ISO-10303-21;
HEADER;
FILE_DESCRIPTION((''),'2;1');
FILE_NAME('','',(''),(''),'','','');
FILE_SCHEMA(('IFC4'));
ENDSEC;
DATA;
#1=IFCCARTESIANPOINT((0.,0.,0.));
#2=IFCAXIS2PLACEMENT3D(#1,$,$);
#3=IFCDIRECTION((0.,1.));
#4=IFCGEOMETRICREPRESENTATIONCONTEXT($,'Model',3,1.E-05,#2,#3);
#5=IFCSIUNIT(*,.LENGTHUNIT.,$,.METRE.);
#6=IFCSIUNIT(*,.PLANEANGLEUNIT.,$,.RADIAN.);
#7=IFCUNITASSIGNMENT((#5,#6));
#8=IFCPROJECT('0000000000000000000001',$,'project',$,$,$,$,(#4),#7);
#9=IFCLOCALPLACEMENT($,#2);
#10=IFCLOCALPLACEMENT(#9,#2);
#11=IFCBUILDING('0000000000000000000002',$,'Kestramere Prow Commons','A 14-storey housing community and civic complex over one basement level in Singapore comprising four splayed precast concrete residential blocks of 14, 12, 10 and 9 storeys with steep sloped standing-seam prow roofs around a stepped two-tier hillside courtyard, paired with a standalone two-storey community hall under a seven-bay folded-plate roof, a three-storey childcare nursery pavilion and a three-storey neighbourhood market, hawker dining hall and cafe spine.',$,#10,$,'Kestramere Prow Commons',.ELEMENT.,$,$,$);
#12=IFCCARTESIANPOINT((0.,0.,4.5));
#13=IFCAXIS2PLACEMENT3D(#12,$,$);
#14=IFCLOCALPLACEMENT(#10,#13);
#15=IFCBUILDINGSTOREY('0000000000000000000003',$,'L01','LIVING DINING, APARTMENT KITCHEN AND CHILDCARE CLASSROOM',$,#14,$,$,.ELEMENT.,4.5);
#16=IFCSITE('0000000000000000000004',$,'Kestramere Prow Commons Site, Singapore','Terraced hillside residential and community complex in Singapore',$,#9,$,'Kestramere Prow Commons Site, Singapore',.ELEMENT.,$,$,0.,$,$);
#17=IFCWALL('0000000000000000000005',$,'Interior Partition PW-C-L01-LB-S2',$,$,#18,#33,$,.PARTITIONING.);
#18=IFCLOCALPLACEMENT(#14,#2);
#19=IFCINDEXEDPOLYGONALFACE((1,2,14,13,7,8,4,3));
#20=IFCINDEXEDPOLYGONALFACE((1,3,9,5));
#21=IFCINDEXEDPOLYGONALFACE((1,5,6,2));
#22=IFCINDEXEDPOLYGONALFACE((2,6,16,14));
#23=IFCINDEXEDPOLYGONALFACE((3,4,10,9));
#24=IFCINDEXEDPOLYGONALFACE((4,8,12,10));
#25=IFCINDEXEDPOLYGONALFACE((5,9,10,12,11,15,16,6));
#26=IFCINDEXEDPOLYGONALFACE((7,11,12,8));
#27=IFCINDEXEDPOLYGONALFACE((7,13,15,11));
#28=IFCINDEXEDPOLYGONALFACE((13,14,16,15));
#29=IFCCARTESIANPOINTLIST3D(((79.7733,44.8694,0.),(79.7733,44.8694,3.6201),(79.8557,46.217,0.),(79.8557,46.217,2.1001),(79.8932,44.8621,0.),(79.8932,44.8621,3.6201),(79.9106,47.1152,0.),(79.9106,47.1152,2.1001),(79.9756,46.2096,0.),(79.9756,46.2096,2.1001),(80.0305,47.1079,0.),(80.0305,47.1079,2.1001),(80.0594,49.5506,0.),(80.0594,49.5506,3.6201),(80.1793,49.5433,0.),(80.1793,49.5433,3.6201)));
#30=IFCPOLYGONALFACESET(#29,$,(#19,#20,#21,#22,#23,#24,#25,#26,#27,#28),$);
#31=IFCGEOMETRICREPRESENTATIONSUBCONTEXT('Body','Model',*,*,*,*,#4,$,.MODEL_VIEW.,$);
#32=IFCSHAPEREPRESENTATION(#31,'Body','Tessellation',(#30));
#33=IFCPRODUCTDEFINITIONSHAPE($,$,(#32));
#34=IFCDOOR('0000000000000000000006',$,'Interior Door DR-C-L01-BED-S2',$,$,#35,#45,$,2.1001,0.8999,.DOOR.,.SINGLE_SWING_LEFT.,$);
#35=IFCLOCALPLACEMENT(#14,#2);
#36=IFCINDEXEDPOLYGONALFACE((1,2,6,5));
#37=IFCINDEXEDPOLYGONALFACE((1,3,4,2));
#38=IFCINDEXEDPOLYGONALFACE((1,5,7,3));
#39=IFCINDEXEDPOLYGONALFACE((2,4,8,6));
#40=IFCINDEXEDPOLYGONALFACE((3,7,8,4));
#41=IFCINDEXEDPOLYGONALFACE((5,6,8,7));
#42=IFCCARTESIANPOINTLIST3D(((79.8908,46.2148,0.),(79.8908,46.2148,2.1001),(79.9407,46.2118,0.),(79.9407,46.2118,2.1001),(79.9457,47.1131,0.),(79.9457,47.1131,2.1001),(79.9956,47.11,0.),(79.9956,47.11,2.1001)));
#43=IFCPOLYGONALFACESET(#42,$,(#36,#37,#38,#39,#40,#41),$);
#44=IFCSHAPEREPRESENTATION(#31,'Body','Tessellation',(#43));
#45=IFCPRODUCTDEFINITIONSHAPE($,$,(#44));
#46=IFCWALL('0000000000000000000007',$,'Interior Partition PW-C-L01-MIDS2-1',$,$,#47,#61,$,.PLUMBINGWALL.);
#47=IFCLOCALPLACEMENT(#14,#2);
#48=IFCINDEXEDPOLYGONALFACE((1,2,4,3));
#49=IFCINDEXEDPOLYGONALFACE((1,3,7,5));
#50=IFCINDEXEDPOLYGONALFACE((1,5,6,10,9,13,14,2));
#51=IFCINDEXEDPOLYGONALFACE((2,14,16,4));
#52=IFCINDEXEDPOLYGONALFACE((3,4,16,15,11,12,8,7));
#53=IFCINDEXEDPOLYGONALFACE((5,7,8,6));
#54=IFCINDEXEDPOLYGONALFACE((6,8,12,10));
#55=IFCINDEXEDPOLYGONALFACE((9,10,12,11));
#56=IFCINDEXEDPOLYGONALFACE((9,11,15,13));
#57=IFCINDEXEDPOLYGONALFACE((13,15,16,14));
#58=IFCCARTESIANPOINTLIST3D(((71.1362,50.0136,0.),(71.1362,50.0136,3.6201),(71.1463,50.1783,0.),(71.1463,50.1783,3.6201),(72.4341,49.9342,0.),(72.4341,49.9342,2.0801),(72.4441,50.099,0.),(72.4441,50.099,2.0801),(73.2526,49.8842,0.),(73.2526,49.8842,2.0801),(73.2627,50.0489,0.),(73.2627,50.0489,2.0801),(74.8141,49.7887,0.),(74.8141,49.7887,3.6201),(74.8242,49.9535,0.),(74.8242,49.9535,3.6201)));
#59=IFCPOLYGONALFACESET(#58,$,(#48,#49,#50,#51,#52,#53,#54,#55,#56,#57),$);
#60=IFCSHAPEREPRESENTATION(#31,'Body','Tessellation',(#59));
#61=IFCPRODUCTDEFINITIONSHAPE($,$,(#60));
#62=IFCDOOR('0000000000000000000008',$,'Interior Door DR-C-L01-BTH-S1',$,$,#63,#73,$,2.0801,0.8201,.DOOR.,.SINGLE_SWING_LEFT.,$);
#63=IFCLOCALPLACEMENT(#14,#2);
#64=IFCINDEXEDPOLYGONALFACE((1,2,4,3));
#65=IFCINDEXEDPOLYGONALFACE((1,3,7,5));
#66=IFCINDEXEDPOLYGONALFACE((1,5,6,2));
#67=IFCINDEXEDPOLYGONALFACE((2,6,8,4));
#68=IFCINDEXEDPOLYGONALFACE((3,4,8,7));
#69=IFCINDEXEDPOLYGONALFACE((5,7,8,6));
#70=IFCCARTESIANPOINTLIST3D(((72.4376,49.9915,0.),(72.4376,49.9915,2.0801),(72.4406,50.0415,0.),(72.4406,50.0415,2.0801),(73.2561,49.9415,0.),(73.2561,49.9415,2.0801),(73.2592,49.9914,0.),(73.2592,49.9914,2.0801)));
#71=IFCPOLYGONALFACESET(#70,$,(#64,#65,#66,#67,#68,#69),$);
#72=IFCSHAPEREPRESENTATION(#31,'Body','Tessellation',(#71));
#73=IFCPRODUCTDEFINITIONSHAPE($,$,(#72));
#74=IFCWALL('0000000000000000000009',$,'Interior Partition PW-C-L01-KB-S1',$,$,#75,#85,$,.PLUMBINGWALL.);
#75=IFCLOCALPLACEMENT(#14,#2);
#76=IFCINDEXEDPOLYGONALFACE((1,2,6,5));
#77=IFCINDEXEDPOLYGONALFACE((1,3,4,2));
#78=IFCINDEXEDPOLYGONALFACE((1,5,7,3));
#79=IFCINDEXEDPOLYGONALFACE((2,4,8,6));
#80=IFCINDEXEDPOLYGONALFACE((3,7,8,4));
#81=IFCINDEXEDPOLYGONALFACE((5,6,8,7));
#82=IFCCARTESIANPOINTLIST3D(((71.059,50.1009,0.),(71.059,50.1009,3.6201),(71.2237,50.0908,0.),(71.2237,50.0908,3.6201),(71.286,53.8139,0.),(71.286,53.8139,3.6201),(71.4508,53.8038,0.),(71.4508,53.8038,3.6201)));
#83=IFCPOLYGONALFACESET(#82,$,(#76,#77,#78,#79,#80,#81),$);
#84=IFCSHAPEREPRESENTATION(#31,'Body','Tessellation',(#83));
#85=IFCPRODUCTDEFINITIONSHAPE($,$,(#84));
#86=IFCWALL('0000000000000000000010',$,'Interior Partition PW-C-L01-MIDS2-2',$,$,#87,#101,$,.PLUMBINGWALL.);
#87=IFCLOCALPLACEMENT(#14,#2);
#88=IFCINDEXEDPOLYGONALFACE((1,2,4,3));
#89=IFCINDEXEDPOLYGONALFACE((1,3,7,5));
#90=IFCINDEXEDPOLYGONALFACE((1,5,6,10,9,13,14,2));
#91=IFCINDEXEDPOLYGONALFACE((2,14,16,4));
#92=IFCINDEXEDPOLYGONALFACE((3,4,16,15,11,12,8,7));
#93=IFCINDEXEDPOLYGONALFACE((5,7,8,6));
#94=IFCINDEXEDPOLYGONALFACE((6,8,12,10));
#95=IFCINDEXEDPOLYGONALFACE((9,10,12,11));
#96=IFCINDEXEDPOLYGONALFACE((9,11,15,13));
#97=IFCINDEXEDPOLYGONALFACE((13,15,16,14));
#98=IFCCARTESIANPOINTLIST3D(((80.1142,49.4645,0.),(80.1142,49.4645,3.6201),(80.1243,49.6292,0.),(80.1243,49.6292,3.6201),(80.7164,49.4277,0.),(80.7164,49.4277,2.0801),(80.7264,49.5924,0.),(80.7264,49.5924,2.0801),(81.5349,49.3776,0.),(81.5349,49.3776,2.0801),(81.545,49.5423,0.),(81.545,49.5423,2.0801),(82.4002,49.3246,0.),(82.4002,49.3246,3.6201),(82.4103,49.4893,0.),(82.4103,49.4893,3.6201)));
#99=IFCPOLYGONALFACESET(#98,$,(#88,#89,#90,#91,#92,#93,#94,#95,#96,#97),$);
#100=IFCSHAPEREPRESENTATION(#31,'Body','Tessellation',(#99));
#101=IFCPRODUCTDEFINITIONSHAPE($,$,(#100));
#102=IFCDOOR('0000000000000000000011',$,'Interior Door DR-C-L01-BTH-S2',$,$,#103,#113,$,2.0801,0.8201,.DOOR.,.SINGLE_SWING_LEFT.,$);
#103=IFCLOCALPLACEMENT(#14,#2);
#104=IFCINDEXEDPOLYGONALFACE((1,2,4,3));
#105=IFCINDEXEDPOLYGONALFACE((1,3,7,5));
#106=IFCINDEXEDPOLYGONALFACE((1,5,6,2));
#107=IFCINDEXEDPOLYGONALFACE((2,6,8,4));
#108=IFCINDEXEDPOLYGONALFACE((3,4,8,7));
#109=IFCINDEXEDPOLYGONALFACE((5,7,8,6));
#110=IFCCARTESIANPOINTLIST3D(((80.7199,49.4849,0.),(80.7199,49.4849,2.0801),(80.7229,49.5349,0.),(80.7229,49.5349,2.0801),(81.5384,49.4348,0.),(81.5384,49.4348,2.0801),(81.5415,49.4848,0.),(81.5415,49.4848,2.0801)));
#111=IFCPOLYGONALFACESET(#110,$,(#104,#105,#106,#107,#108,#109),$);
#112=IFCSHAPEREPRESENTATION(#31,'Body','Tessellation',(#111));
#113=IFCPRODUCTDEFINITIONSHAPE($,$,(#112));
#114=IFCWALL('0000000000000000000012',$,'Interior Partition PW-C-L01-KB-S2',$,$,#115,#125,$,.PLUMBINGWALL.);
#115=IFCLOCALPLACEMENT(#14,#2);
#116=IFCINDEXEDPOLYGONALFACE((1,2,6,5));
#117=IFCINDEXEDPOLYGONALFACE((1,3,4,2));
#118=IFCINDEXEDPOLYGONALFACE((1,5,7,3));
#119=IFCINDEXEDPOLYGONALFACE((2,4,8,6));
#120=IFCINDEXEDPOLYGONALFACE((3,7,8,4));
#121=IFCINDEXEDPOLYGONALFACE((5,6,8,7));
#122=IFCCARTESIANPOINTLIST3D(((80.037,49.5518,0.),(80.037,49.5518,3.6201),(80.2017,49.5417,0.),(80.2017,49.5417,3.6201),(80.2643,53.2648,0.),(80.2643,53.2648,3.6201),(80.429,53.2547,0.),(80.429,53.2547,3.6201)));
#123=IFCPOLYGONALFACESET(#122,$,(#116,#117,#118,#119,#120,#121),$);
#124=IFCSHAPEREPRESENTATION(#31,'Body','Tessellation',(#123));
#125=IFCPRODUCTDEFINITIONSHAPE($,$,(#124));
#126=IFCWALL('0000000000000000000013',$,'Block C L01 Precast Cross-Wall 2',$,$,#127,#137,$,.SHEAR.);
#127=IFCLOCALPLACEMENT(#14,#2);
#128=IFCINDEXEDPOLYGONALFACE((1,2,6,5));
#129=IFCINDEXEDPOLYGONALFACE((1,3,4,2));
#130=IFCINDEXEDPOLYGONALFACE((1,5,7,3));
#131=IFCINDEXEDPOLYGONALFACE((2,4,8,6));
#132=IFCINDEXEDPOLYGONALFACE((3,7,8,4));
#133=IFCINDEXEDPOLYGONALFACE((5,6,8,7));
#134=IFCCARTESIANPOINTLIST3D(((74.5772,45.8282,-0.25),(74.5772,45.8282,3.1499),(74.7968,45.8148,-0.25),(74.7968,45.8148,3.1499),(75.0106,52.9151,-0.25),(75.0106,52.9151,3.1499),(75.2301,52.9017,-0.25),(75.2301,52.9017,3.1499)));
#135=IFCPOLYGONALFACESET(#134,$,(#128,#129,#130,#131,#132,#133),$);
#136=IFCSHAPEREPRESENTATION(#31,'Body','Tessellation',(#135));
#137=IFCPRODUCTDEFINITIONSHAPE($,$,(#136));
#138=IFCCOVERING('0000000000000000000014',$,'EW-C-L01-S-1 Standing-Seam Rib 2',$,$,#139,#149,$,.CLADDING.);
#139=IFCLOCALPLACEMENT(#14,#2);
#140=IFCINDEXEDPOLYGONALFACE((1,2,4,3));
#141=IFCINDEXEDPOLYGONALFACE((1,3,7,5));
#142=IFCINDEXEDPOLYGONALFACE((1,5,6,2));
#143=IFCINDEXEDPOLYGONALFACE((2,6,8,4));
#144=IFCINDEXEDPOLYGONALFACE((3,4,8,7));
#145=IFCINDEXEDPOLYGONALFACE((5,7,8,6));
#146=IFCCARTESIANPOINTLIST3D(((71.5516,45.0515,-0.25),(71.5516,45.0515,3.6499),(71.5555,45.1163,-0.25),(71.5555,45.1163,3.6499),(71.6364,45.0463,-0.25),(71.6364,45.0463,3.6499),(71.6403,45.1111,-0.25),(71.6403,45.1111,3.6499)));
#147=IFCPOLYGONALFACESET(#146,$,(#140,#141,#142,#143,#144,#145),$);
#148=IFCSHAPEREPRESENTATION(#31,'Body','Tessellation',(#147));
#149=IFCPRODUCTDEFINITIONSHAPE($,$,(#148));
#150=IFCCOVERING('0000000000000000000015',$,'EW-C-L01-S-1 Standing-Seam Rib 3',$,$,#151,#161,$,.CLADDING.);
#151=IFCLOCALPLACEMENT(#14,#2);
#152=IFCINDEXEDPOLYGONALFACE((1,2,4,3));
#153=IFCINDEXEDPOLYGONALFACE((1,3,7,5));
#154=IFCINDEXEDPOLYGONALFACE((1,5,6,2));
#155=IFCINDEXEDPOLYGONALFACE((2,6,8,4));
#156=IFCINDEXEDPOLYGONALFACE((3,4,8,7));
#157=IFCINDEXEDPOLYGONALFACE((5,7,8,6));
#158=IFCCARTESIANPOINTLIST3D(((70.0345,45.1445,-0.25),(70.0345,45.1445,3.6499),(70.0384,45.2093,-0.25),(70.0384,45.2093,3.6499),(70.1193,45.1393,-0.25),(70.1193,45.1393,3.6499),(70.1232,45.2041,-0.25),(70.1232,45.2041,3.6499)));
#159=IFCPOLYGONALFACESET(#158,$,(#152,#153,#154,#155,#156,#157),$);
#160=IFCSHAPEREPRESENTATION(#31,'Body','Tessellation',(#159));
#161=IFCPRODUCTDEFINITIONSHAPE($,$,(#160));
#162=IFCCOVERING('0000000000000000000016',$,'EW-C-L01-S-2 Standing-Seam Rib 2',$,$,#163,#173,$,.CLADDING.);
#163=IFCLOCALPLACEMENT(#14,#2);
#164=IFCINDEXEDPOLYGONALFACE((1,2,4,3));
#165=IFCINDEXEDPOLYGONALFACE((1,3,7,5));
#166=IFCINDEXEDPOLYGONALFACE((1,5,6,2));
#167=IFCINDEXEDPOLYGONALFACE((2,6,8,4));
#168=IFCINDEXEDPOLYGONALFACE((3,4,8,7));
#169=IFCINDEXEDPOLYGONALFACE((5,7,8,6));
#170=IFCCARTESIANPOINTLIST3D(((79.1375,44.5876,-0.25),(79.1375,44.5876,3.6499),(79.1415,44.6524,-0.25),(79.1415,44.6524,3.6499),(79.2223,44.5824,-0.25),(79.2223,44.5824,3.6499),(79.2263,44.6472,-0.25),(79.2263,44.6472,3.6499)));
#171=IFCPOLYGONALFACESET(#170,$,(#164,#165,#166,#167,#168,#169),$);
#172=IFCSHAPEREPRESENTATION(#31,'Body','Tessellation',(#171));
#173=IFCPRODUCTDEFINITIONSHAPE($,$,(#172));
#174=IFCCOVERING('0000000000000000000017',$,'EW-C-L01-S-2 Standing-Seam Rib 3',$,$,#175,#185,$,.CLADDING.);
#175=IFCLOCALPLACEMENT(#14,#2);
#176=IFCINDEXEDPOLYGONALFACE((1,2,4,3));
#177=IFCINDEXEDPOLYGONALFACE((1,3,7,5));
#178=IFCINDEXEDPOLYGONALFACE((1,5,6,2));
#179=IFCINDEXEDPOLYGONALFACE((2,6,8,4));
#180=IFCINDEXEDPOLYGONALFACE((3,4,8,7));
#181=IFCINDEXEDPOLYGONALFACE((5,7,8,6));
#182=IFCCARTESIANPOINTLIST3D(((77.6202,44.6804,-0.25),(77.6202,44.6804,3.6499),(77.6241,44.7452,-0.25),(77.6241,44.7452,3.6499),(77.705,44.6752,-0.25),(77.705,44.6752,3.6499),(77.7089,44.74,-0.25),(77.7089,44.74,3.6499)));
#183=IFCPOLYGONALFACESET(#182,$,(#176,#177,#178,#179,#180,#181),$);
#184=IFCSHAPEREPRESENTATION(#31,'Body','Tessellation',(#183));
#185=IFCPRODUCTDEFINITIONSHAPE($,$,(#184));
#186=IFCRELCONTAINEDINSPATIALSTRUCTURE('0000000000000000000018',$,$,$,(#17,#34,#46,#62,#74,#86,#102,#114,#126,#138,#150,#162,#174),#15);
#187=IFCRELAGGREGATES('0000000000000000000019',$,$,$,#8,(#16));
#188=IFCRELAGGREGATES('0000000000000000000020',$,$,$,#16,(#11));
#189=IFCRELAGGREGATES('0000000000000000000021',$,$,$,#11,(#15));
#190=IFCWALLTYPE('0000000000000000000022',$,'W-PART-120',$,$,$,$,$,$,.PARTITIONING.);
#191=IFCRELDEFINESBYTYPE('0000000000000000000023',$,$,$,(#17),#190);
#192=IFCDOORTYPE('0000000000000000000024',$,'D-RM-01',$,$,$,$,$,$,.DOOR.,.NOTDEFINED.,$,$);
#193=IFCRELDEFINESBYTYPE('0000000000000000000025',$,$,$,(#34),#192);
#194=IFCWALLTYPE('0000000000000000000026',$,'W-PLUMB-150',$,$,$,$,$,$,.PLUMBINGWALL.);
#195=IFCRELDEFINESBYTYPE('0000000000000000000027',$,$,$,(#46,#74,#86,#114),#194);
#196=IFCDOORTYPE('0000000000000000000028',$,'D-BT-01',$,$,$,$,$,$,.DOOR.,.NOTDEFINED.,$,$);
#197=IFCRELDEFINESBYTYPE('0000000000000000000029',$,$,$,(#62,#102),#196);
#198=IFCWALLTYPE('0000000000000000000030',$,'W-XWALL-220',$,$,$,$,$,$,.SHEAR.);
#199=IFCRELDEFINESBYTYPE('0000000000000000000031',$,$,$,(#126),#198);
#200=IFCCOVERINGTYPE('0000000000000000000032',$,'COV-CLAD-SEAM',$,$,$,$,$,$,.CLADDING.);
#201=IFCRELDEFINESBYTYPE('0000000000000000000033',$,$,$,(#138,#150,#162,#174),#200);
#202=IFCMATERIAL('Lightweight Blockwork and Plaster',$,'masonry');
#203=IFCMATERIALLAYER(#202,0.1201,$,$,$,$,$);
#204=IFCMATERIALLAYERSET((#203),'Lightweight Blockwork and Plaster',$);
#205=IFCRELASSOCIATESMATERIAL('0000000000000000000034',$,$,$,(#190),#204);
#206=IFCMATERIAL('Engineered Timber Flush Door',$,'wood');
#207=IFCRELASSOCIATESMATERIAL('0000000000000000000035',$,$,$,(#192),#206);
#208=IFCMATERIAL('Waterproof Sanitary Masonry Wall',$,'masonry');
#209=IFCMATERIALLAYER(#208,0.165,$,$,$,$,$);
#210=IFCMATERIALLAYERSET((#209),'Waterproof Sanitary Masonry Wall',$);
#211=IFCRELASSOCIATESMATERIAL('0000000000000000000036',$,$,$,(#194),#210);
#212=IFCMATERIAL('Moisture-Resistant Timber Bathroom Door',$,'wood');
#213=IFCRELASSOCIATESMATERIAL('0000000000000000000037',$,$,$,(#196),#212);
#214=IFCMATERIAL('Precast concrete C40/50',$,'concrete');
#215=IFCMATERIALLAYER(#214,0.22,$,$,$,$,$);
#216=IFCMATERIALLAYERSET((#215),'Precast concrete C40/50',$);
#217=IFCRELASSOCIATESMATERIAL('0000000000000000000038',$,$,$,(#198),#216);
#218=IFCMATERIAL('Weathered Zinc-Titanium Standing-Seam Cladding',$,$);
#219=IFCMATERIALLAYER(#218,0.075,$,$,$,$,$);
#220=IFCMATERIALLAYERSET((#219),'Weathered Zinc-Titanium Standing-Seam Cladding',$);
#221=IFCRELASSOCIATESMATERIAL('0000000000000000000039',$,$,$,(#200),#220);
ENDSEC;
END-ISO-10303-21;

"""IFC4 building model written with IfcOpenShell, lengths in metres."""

from ifc_helpers import new_model, si_unit, direction, frame, frame_2d, origin, origin_2d, place, context, subcontext, project, spatial, rectangle, extrude, material, layer, layer_set, type_object, element, fill, save


model = new_model("IFC4")

# Units and contexts
model_context = context("Model", 3, precision=1e-05, world=origin(), true_north=direction((0.0, 1.0)))
body_context = subcontext(model_context, "Body", "Model", "MODEL_VIEW")
ifc_project = project(units=[si_unit("LENGTHUNIT", "METRE"), si_unit("PLANEANGLEUNIT", "RADIAN")], contexts=[model_context])

# Site, building, storey
site_placement = place(None, origin())
site = spatial("IfcSite", under=ifc_project, at=site_placement, Name="Kestramere Prow Commons Site, Singapore", Description="Terraced hillside residential and community complex in Singapore", LongName="Kestramere Prow Commons Site, Singapore", CompositionType="ELEMENT", RefElevation=0.0)
building_placement = place(site_placement, origin())
building = spatial("IfcBuilding", under=site, at=building_placement, Name="Kestramere Prow Commons", Description="A 14-storey housing community and civic complex over one basement level in Singapore comprising four splayed precast concrete residential blocks of 14, 12, 10 and 9 storeys with steep sloped standing-seam prow roofs around a stepped two-tier hillside courtyard, paired with a standalone two-storey community hall under a seven-bay folded-plate roof, a three-storey childcare nursery pavilion and a three-storey neighbourhood market, hawker dining hall and cafe spine.", LongName="Kestramere Prow Commons", CompositionType="ELEMENT")
storey_placement = place(building_placement, frame((0.0, 0.0, 4.5)))
storey = spatial("IfcBuildingStorey", under=building, at=storey_placement, Name="L01", Description="LIVING DINING, APARTMENT KITCHEN AND CHILDCARE CLASSROOM", CompositionType="ELEMENT", Elevation=4.5)

# Shared definitions
ifc_material_1 = material(Name="Precast concrete C40/50", Category="concrete")

# Walls, openings, doors
ifc_material_2 = material(Name="Lightweight Blockwork and Plaster", Category="masonry")
ifc_layer_1 = layer(ifc_material_2, 0.1201)
ifc_layer_set_1 = layer_set([ifc_layer_1], Name="Lightweight Blockwork and Plaster")
wall_type_1 = type_object("IfcWallType", Name="W-PART-120", PredefinedType="PARTITIONING", material=ifc_layer_set_1)
ifc_material_3 = material(Name="Engineered Timber Flush Door", Category="wood")
door_type_1 = type_object("IfcDoorType", Name="D-RM-01", OperationType="NOTDEFINED", PredefinedType="DOOR", material=ifc_material_3)
wall_1_placement = place(storey_placement, frame((79.8333, 44.8657, 0.0), z_axis=(0.0, 0.0, 1.0), x_axis=(0.061011, 0.998137, 0.0)))
wall_1 = element("IfcWall", 1, at=wall_1_placement, inside=storey, type_object=wall_type_1, Name="Interior Partition PW-C-L01-LB-S2", PredefinedType="PARTITIONING", context=body_context, shape_type="SweptSolid", body=[
    extrude(rectangle(XDim=4.6899, YDim=0.1201, at=frame_2d((2.345, 0.0))), origin(), (0.0, 0.0, 1.0), 3.6201),
])
opening_1_placement = place(wall_1_placement, frame((1.3501, 0.0, 0.0)))
opening_1 = element("IfcOpeningElement", 2, at=opening_1_placement, cuts=wall_1, PredefinedType="OPENING", context=body_context, shape_type="SweptSolid", body=[
    extrude(rectangle(XDim=0.8999, YDim=2.1001, at=frame_2d((0.45, 1.05))), frame((0.0, 0.075, 0.0), z_axis=(0.0, -1.0, 0.0), x_axis=(1.0, 0.0, 0.0)), (0.0, 0.0, 1.0), 0.1501),
])
door_1_placement = place(opening_1_placement, origin())
door_1 = element("IfcDoor", 3, at=door_1_placement, inside=storey, type_object=door_type_1, Name="Interior Door DR-C-L01-BED-S2", OperationType="SINGLE_SWING_LEFT", OverallHeight=2.1001, OverallWidth=0.8999, PredefinedType="DOOR", context=body_context, shape_type="SweptSolid", body=[
    extrude(rectangle(XDim=0.8999, YDim=2.1001, at=frame_2d((0.45, 1.05))), frame((0.0, 0.0249, 0.0), z_axis=(0.0, -1.0, 0.0), x_axis=(1.0, 0.0, 0.0)), (0.0, 0.0, 1.0), 0.05),
])
fill(opening_1, door_1)
ifc_material_4 = material(Name="Waterproof Sanitary Masonry Wall", Category="masonry")
ifc_layer_2 = layer(ifc_material_4, 0.165)
ifc_layer_set_2 = layer_set([ifc_layer_2], Name="Waterproof Sanitary Masonry Wall")
wall_type_2 = type_object("IfcWallType", Name="W-PLUMB-150", PredefinedType="PLUMBINGWALL", material=ifc_layer_set_2)
wall_2_placement = place(storey_placement, frame((71.1414, 50.0959, 0.0), z_axis=(0.0, 0.0, 1.0), x_axis=(0.998136, -0.061021, 0.0)))
wall_2 = element("IfcWall", 4, at=wall_2_placement, inside=storey, type_object=wall_type_2, Name="Interior Partition PW-C-L01-MIDS2-1", PredefinedType="PLUMBINGWALL", context=body_context, shape_type="SweptSolid", body=[
    extrude(rectangle(XDim=3.6848, YDim=0.165, at=frame_2d((1.8423, 0.0))), origin(), (0.0, 0.0, 1.0), 3.6201),
])
opening_2_placement = place(wall_2_placement, frame((1.3, 0.0, 0.0)))
opening_2 = element("IfcOpeningElement", 5, at=opening_2_placement, cuts=wall_2, PredefinedType="OPENING", context=body_context, shape_type="SweptSolid", body=[
    extrude(rectangle(XDim=0.8201, YDim=2.0801, at=frame_2d((0.4102, 1.04))), frame((0.0, 0.0974, 0.0), z_axis=(0.0, -1.0, 0.0), x_axis=(1.0, 0.0, 0.0)), (0.0, 0.0, 1.0), 0.1951),
])
ifc_material_5 = material(Name="Moisture-Resistant Timber Bathroom Door", Category="wood")
door_type_2 = type_object("IfcDoorType", Name="D-BT-01", OperationType="NOTDEFINED", PredefinedType="DOOR", material=ifc_material_5)
door_2_placement = place(opening_2_placement, origin())
door_2 = element("IfcDoor", 6, at=door_2_placement, inside=storey, type_object=door_type_2, Name="Interior Door DR-C-L01-BTH-S1", OperationType="SINGLE_SWING_LEFT", OverallHeight=2.0801, OverallWidth=0.8201, PredefinedType="DOOR", context=body_context, shape_type="SweptSolid", body=[
    extrude(rectangle(XDim=0.8201, YDim=2.0801, at=frame_2d((0.4102, 1.04))), frame((0.0, 0.0249, 0.0), z_axis=(0.0, -1.0, 0.0), x_axis=(1.0, 0.0, 0.0)), (0.0, 0.0, 1.0), 0.05),
])
fill(opening_2, door_2)

# Wall
wall_3_placement = place(storey_placement, frame((71.1414, 50.0959, 0.0), z_axis=(0.0, 0.0, 1.0), x_axis=(0.061034, 0.998136, 0.0)))
element("IfcWall", 7, at=wall_3_placement, inside=storey, type_object=wall_type_2, Name="Interior Partition PW-C-L01-KB-S1", PredefinedType="PLUMBINGWALL", context=body_context, shape_type="SweptSolid", body=[
    extrude(rectangle(XDim=3.72, YDim=0.165, at=frame_2d((1.8599, 0.0))), origin(), (0.0, 0.0, 1.0), 3.6201),
])

# Wall, opening, door
wall_4_placement = place(storey_placement, frame((80.1194, 49.5469, 0.0), z_axis=(0.0, 0.0, 1.0), x_axis=(0.998133, -0.061084, 0.0)))
wall_4 = element("IfcWall", 8, at=wall_4_placement, inside=storey, type_object=wall_type_2, Name="Interior Partition PW-C-L01-MIDS2-2", PredefinedType="PLUMBINGWALL", context=body_context, shape_type="SweptSolid", body=[
    extrude(rectangle(XDim=2.2903, YDim=0.165, at=frame_2d((1.145, 0.0))), origin(), (0.0, 0.0, 1.0), 3.6201),
])
opening_3_placement = place(wall_4_placement, frame((0.603, 0.0, 0.0)))
opening_3 = element("IfcOpeningElement", 9, at=opening_3_placement, cuts=wall_4, PredefinedType="OPENING", context=body_context, shape_type="SweptSolid", body=[
    extrude(rectangle(XDim=0.8201, YDim=2.0801, at=frame_2d((0.4102, 1.04))), frame((0.0, 0.0974, 0.0), z_axis=(0.0, -1.0, 0.0), x_axis=(1.0, 0.0, 0.0)), (0.0, 0.0, 1.0), 0.1951),
])
door_3_placement = place(opening_3_placement, origin())
door_3 = element("IfcDoor", 10, at=door_3_placement, inside=storey, type_object=door_type_2, Name="Interior Door DR-C-L01-BTH-S2", OperationType="SINGLE_SWING_LEFT", OverallHeight=2.0801, OverallWidth=0.8201, PredefinedType="DOOR", context=body_context, shape_type="SweptSolid", body=[
    extrude(rectangle(XDim=0.8201, YDim=2.0801, at=frame_2d((0.4102, 1.04))), frame((0.0, 0.0249, 0.0), z_axis=(0.0, -1.0, 0.0), x_axis=(1.0, 0.0, 0.0)), (0.0, 0.0, 1.0), 0.05),
])
fill(opening_3, door_3)

# Walls
wall_5_placement = place(storey_placement, frame((80.1194, 49.5469, 0.0), z_axis=(0.0, 0.0, 1.0), x_axis=(0.061099, 0.998132, 0.0)))
element("IfcWall", 11, at=wall_5_placement, inside=storey, type_object=wall_type_2, Name="Interior Partition PW-C-L01-KB-S2", PredefinedType="PLUMBINGWALL", context=body_context, shape_type="SweptSolid", body=[
    extrude(rectangle(XDim=3.72, YDim=0.165, at=frame_2d((1.8599, 0.0))), origin(), (0.0, 0.0, 1.0), 3.6201),
])
ifc_layer_3 = layer(ifc_material_1, 0.22)
ifc_layer_set_3 = layer_set([ifc_layer_3], Name="Precast concrete C40/50")
wall_type_3 = type_object("IfcWallType", Name="W-XWALL-220", PredefinedType="SHEAR", material=ifc_layer_set_3)
wall_6_placement = place(storey_placement, frame((74.687, 45.8215, -0.25), z_axis=(0.0, 0.0, 1.0), x_axis=(0.061034, 0.998136, 0.0)))
element("IfcWall", 12, at=wall_6_placement, inside=storey, type_object=wall_type_3, Name="Block C L01 Precast Cross-Wall 2", PredefinedType="SHEAR", context=body_context, shape_type="SweptSolid", body=[
    extrude(rectangle(XDim=7.1001, YDim=0.22, at=frame_2d((3.55, 0.0))), origin(), (0.0, 0.0, 1.0), 3.3999),
])

# Coverings
ifc_material_6 = material(Name="Weathered Zinc-Titanium Standing-Seam Cladding")
ifc_layer_4 = layer(ifc_material_6, 0.075)
ifc_layer_set_4 = layer_set([ifc_layer_4], Name="Weathered Zinc-Titanium Standing-Seam Cladding")
covering_type = type_object("IfcCoveringType", Name="COV-CLAD-SEAM", PredefinedType="CLADDING", material=ifc_layer_set_4)
for number, where, z_axis, x_axis, name in (
    (13, (71.5959, 45.0813, -0.25), (0.0, 0.0, 1.0), (-0.998135, 0.061049, 0.0), "EW-C-L01-S-1 Standing-Seam Rib 2"),
    (14, (70.0789, 45.1743, -0.25), (0.0, 0.0, 1.0), (-0.998135, 0.061049, 0.0), "EW-C-L01-S-1 Standing-Seam Rib 3"),
    (15, (79.1819, 44.6174, -0.25), (0.0, 0.0, 1.0), (-0.998135, 0.061049, 0.0), "EW-C-L01-S-2 Standing-Seam Rib 2"),
    (16, (77.6646, 44.7102, -0.25), (0.0, 0.0, 1.0), (-0.998135, 0.061049, 0.0), "EW-C-L01-S-2 Standing-Seam Rib 3"),
):
    element("IfcCovering", number, at=place(storey_placement, frame(where, z_axis=z_axis, x_axis=x_axis)), inside=storey, type_object=covering_type, Name=name, PredefinedType="CLADDING", context=body_context, shape_type="SweptSolid", body=[
        extrude(rectangle(XDim=0.085, YDim=0.0649, at=origin_2d()), origin(), (0.0, 0.0, 1.0), 3.8999),
    ])

save(model, "model.ifc")
